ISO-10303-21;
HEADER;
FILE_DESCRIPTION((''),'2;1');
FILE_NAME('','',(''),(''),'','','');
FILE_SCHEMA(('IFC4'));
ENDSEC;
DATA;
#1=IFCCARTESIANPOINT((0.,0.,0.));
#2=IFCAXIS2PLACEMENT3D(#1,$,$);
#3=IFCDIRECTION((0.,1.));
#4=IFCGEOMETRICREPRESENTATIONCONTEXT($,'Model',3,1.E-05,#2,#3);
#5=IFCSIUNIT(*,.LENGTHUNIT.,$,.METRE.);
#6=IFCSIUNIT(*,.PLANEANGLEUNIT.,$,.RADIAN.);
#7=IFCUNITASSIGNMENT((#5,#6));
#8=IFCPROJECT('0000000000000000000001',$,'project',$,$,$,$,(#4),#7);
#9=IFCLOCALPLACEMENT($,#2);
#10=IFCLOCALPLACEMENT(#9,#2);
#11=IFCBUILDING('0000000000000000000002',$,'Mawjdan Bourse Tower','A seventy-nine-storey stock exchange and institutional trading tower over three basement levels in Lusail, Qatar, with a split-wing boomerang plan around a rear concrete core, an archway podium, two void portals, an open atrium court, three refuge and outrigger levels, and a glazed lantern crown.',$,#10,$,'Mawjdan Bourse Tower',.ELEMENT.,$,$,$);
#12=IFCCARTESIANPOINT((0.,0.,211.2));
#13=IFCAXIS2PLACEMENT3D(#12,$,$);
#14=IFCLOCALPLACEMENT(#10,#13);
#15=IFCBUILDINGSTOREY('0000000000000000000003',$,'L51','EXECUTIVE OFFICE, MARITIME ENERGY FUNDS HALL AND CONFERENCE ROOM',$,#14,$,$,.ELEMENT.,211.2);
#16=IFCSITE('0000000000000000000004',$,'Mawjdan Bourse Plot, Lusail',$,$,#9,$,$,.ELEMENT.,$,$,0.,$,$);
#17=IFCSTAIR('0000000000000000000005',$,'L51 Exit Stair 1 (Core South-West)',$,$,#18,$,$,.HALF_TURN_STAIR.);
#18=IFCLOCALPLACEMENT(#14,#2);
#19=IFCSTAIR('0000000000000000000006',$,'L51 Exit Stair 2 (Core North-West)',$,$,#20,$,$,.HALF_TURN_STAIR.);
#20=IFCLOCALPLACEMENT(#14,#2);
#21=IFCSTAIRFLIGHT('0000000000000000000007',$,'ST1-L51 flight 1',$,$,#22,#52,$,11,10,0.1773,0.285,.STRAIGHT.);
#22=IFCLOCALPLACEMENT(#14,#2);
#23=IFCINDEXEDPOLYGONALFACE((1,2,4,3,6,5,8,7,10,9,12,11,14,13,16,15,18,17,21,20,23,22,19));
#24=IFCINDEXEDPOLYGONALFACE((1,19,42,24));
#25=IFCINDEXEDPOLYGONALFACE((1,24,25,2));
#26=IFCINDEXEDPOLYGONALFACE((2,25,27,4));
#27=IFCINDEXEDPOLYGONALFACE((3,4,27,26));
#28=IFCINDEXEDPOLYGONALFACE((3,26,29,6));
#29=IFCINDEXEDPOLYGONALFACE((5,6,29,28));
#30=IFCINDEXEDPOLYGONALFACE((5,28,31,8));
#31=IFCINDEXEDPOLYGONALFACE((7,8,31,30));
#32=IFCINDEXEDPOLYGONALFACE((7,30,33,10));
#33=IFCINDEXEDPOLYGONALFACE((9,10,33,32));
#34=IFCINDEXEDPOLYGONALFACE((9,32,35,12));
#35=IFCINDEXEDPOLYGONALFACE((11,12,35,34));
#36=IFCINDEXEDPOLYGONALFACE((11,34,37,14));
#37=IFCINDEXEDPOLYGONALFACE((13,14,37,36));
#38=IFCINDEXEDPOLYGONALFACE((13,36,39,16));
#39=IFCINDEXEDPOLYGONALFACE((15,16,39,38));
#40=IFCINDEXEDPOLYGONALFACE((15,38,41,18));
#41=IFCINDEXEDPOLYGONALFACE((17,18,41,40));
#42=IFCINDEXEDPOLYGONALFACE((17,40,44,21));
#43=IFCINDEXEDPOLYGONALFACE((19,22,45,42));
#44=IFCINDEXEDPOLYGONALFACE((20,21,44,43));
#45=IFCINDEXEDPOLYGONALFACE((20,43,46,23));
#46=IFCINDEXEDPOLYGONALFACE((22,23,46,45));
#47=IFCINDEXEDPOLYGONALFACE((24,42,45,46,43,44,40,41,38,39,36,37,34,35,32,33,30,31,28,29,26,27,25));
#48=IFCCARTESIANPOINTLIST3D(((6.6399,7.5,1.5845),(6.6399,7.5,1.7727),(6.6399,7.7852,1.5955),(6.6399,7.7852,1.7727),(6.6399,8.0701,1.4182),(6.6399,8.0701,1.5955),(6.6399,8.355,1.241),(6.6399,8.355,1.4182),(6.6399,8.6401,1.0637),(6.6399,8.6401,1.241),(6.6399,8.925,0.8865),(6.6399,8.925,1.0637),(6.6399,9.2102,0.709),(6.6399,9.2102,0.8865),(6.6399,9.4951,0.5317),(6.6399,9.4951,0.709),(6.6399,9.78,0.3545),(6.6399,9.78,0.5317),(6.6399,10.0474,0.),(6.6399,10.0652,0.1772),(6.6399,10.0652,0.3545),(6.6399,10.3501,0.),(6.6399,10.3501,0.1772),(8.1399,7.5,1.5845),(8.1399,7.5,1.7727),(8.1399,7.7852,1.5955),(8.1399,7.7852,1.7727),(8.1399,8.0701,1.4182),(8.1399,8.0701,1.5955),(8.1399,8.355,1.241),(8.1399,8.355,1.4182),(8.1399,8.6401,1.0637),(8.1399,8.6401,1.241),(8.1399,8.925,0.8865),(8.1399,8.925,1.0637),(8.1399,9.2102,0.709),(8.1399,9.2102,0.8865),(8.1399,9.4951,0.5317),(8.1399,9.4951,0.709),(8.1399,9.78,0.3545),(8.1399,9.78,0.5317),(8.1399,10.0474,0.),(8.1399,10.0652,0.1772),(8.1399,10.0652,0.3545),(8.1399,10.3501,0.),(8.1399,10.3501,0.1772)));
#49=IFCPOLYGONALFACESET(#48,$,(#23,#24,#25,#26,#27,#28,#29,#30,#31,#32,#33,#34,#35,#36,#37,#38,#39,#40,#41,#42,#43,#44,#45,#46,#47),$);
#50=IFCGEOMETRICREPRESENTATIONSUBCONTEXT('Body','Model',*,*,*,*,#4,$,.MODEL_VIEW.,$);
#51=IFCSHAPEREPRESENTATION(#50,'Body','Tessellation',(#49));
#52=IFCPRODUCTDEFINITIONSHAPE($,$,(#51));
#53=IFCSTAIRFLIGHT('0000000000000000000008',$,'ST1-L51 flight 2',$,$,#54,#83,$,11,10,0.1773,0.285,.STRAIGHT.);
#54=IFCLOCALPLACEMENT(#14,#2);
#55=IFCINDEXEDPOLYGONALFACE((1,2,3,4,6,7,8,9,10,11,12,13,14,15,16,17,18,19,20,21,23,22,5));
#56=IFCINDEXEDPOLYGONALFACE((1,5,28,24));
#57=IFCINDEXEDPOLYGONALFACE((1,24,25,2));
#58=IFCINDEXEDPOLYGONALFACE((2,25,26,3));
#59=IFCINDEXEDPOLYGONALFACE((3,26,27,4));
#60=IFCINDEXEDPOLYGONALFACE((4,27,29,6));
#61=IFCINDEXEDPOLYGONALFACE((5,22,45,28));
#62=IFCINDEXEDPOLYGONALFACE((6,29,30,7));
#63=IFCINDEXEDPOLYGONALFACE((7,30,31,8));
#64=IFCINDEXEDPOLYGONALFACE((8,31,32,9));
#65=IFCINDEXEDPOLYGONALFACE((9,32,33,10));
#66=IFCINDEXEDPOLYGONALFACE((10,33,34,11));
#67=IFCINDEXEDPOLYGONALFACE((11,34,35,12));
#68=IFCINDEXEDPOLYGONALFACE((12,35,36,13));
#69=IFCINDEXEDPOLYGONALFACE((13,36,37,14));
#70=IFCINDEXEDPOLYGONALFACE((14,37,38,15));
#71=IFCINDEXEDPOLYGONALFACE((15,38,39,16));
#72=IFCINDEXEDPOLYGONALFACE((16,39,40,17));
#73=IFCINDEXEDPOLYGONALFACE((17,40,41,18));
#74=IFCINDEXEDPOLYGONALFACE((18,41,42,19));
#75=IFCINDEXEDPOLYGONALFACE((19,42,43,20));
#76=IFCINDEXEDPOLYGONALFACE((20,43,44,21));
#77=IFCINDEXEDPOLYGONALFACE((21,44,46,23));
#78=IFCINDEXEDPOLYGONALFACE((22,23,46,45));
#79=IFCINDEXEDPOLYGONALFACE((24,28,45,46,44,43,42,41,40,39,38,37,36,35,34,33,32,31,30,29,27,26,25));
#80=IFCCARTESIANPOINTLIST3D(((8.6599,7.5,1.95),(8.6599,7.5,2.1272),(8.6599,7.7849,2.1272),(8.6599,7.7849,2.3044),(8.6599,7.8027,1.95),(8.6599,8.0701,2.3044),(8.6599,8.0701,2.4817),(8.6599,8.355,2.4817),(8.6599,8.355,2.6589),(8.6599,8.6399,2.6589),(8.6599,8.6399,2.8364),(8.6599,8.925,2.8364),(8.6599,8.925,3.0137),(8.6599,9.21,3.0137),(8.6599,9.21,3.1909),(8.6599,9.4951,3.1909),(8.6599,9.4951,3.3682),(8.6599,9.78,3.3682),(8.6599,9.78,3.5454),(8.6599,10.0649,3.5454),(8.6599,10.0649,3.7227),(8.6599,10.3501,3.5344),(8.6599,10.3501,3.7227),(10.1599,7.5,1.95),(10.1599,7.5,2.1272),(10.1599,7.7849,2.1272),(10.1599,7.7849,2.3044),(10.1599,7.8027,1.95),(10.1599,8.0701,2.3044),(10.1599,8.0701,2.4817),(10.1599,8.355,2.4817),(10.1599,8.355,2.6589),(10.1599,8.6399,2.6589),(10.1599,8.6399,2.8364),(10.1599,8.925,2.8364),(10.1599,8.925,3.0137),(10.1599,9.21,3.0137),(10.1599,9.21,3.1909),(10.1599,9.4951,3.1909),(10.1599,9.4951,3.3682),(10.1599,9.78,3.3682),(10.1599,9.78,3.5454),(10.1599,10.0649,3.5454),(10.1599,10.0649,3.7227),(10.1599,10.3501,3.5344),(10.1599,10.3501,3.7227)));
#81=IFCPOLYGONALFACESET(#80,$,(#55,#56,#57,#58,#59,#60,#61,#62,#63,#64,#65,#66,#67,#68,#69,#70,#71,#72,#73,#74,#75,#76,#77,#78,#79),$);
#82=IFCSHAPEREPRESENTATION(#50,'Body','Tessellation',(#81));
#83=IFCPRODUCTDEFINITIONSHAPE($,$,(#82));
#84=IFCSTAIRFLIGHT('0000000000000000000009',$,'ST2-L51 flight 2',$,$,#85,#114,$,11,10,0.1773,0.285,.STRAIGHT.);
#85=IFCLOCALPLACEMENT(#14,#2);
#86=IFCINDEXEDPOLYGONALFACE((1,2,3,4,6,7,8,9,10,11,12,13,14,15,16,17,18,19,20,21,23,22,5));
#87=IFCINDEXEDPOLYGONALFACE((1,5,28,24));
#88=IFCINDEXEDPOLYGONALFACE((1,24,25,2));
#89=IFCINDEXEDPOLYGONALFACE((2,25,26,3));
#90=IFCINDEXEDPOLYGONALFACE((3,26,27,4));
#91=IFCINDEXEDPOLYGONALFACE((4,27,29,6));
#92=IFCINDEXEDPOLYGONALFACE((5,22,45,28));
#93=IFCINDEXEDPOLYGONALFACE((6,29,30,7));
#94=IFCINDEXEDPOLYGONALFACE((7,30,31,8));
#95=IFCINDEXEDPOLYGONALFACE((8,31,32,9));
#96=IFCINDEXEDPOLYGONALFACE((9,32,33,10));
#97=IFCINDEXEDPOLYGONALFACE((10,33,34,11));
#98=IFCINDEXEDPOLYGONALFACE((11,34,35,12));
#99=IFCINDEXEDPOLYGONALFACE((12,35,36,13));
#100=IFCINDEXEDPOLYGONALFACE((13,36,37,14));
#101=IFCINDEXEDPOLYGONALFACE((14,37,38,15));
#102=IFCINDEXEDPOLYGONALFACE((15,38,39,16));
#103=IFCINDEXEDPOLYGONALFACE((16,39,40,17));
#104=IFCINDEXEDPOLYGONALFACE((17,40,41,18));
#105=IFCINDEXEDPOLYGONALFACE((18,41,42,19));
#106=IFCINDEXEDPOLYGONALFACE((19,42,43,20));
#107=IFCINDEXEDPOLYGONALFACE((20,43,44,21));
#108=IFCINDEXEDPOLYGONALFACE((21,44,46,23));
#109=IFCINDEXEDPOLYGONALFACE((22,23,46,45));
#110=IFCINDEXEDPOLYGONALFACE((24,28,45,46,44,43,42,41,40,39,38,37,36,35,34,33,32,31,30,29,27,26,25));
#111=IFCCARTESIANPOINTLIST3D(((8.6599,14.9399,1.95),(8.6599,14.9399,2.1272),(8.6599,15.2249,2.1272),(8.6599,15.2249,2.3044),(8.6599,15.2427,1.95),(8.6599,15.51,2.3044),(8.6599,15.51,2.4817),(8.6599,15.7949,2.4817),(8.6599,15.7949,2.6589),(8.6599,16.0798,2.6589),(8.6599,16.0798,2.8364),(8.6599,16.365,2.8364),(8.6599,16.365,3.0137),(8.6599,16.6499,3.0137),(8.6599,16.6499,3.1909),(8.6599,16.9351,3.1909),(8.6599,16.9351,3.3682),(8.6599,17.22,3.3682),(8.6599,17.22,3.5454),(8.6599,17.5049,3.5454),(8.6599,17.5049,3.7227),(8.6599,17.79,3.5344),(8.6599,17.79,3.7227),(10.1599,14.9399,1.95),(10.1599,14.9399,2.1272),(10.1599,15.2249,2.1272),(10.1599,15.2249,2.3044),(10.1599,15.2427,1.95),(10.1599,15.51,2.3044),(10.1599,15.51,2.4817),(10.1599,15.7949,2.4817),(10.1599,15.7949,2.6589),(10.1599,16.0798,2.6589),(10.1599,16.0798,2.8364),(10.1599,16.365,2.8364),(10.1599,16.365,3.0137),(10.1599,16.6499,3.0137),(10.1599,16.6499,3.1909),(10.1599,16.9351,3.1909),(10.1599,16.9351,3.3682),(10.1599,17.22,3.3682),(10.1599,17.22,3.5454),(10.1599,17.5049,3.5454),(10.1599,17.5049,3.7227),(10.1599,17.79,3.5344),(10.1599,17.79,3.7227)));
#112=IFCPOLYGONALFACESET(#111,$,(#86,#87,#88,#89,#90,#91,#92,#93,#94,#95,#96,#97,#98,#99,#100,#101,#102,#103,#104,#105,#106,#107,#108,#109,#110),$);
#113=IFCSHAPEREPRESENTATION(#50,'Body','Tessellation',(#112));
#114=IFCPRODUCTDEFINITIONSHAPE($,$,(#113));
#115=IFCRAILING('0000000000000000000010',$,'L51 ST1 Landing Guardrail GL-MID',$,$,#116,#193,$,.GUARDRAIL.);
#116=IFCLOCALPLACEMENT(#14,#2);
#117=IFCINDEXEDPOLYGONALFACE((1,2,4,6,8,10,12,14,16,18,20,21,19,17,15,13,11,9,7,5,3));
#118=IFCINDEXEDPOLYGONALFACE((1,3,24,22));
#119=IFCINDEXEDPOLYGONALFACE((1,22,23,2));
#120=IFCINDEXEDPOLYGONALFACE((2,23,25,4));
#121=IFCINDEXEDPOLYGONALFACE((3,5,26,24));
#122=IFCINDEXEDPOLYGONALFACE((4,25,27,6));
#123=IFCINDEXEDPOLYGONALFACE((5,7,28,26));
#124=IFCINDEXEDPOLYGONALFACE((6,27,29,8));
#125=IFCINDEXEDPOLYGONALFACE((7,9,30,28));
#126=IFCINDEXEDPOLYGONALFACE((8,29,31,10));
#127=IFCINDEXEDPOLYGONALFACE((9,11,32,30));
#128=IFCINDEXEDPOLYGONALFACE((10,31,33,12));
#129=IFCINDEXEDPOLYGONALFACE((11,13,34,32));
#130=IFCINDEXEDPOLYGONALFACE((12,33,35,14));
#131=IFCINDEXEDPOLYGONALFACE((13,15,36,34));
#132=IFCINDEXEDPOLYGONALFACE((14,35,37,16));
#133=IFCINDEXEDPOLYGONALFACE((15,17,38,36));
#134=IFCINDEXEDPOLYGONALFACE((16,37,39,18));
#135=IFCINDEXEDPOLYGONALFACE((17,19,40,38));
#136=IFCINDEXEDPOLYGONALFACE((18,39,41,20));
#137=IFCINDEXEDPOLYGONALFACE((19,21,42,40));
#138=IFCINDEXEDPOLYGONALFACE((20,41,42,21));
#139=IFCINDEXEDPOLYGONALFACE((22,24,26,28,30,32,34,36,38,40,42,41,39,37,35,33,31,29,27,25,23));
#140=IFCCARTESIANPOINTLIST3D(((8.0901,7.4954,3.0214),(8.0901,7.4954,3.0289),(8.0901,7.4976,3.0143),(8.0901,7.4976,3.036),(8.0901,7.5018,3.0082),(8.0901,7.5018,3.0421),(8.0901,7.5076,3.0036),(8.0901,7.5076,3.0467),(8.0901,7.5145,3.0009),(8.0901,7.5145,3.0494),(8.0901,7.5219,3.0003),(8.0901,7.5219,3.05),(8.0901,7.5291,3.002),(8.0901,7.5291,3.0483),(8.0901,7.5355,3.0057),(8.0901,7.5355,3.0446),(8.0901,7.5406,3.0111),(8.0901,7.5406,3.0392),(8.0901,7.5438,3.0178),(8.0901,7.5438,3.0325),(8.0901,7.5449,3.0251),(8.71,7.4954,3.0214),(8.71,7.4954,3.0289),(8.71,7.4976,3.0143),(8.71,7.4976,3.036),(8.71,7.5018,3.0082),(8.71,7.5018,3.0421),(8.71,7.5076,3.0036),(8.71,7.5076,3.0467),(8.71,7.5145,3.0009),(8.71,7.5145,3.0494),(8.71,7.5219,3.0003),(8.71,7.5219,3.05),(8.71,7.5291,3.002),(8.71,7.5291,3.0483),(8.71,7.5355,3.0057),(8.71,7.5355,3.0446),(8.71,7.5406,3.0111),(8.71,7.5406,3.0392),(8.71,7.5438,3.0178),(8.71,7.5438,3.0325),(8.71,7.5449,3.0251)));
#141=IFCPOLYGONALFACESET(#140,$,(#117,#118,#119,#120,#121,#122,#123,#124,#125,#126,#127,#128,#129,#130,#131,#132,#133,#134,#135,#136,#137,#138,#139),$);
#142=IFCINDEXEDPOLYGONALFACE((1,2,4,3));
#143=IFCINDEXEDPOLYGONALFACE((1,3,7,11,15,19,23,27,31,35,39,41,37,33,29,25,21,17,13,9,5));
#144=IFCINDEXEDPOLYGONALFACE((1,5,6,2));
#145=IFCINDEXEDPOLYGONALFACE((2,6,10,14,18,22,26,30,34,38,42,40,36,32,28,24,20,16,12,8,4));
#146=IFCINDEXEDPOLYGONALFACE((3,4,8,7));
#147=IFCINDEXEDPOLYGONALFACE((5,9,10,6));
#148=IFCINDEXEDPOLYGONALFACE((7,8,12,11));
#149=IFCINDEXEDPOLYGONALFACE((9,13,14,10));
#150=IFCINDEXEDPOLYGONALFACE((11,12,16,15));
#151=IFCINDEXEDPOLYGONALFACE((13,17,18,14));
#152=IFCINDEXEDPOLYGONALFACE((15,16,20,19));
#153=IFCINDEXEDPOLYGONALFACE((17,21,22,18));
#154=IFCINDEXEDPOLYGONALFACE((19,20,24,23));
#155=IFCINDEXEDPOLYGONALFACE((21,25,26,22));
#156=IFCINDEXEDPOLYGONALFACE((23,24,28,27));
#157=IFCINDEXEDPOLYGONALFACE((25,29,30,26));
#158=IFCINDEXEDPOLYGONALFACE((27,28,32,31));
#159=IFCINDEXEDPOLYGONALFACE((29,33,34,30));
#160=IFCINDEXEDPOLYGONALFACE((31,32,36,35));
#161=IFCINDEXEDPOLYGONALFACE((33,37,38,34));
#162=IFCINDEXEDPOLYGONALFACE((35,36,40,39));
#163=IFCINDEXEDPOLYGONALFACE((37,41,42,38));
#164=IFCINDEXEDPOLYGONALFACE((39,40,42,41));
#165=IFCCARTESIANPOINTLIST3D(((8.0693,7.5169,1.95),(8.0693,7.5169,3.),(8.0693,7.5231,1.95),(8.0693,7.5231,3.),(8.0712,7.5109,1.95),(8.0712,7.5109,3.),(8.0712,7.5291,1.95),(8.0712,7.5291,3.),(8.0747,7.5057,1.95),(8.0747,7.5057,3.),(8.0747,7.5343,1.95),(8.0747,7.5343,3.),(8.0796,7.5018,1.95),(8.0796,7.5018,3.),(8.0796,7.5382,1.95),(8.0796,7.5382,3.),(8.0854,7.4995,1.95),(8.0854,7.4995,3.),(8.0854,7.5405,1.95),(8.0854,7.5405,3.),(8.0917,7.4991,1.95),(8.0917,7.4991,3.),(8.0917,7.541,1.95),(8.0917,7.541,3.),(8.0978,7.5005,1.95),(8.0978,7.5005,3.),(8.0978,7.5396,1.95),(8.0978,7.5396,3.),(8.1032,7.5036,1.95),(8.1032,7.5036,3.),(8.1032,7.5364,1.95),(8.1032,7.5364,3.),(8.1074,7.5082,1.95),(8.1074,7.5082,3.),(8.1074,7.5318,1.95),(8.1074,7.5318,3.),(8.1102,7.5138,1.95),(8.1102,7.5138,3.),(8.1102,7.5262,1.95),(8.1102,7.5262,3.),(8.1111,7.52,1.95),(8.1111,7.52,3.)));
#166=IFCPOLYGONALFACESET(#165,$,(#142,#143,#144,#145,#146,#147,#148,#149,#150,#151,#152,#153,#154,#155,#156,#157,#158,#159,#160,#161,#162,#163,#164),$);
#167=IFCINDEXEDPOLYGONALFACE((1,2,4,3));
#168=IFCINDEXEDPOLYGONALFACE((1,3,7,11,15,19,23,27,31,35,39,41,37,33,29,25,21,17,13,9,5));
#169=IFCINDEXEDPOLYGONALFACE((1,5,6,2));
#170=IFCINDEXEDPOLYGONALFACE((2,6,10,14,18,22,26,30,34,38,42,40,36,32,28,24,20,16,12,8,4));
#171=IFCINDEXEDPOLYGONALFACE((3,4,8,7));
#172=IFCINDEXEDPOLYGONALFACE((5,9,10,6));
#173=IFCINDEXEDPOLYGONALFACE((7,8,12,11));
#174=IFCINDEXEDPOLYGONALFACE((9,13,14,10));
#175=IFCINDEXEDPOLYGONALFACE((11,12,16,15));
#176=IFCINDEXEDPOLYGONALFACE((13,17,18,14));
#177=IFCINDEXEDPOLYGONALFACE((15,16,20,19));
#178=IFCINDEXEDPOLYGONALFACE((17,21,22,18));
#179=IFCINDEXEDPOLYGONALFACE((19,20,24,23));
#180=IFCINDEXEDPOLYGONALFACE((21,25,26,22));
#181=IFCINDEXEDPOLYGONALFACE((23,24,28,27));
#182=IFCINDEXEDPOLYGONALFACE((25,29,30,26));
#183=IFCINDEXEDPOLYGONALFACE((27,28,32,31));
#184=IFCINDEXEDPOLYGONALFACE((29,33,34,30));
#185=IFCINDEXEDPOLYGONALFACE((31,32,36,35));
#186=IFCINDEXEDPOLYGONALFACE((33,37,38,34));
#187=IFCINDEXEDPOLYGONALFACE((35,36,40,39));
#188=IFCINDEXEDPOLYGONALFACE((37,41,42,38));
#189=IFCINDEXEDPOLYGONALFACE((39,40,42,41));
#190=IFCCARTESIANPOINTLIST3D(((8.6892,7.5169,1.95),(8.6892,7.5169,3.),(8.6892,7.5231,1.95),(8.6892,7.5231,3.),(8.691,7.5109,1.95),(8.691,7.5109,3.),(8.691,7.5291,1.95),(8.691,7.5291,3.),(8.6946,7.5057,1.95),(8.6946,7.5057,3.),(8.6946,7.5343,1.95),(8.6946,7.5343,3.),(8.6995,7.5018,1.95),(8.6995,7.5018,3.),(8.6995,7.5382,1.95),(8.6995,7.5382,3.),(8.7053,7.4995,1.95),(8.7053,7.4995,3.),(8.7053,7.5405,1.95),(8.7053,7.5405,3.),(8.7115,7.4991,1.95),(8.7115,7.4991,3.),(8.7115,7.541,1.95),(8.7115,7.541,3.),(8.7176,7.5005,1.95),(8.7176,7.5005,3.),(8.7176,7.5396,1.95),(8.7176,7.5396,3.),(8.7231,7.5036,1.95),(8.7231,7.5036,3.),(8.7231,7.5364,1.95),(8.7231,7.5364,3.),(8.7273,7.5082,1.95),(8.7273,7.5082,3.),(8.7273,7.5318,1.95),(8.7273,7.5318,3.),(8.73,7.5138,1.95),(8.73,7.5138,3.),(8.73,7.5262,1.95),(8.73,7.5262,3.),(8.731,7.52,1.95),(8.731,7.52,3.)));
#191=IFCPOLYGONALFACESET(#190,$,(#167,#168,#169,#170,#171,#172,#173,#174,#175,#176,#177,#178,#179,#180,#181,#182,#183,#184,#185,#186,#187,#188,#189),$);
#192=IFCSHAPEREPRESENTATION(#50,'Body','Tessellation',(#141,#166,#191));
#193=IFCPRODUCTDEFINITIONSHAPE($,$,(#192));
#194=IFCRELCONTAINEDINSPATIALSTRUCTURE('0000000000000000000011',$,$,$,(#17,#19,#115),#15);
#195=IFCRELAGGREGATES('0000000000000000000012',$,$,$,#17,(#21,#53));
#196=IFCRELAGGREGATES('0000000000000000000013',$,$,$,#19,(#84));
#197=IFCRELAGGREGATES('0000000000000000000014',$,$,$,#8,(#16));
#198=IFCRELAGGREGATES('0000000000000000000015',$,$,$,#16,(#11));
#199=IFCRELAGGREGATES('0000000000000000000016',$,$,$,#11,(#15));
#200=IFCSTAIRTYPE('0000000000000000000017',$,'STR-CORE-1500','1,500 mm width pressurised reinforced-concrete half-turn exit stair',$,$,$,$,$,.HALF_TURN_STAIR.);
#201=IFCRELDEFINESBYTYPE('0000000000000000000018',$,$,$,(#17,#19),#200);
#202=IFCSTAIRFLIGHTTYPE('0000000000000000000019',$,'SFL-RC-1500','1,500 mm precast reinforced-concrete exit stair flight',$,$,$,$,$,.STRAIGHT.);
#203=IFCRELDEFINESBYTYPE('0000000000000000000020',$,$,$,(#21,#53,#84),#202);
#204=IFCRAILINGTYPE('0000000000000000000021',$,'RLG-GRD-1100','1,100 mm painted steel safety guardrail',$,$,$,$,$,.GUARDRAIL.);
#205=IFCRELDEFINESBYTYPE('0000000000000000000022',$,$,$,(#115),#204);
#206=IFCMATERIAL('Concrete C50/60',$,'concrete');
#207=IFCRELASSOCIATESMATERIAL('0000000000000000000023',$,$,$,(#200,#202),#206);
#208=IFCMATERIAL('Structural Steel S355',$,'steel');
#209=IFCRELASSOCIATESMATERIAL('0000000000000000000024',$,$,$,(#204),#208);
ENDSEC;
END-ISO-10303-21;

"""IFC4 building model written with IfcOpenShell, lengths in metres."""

from ifc_helpers import new_model, si_unit, direction, frame, origin, origin_2d, place, context, subcontext, project, spatial, polyline, circle, outline, extrude, material, type_object, element, aggregate, save


model = new_model("IFC4")

# Units and contexts
model_context = context("Model", 3, precision=1e-05, world=origin(), true_north=direction((0.0, 1.0)))
body_context = subcontext(model_context, "Body", "Model", "MODEL_VIEW")
ifc_project = project(units=[si_unit("LENGTHUNIT", "METRE"), si_unit("PLANEANGLEUNIT", "RADIAN")], contexts=[model_context])

# Site, building, storey
site_placement = place(None, origin())
site = spatial("IfcSite", under=ifc_project, at=site_placement, Name="Mawjdan Bourse Plot, Lusail", CompositionType="ELEMENT", RefElevation=0.0)
building_placement = place(site_placement, origin())
building = spatial("IfcBuilding", under=site, at=building_placement, Name="Mawjdan Bourse Tower", Description="A seventy-nine-storey stock exchange and institutional trading tower over three basement levels in Lusail, Qatar, with a split-wing boomerang plan around a rear concrete core, an archway podium, two void portals, an open atrium court, three refuge and outrigger levels, and a glazed lantern crown.", LongName="Mawjdan Bourse Tower", CompositionType="ELEMENT")
storey_placement = place(building_placement, frame((0.0, 0.0, 211.2)))
storey = spatial("IfcBuildingStorey", under=building, at=storey_placement, Name="L51", Description="EXECUTIVE OFFICE, MARITIME ENERGY FUNDS HALL AND CONFERENCE ROOM", CompositionType="ELEMENT", Elevation=211.2)

# Stairs
ifc_material_1 = material(Name="Concrete C50/60", Category="concrete")
stair_type = type_object("IfcStairType", Name="STR-CORE-1500", Description="1,500 mm width pressurised reinforced-concrete half-turn exit stair", PredefinedType="HALF_TURN_STAIR", material=ifc_material_1)
stair_1_placement = place(storey_placement, origin())
stair_1 = element("IfcStair", 1, at=stair_1_placement, inside=storey, type_object=stair_type, Name="L51 Exit Stair 1 (Core South-West)", PredefinedType="HALF_TURN_STAIR")
stair_2_placement = place(storey_placement, origin())
stair_2 = element("IfcStair", 2, at=stair_2_placement, inside=storey, type_object=stair_type, Name="L51 Exit Stair 2 (Core North-West)", PredefinedType="HALF_TURN_STAIR")

# Stair flights
stair_flight_type = type_object("IfcStairFlightType", Name="SFL-RC-1500", Description="1,500 mm precast reinforced-concrete exit stair flight", PredefinedType="STRAIGHT", material=ifc_material_1)
stair_flight_1_placement = place(storey_placement, frame((7.3899, 10.3501, 0.0), z_axis=(0.0, 0.0, 1.0), x_axis=(0.0, -1.0, 0.0)))
stair_flight_1 = element("IfcStairFlight", 3, at=stair_flight_1_placement, type_object=stair_flight_type, Name="ST1-L51 flight 1", NumberOfRisers=11, NumberOfTreads=10, PredefinedType="STRAIGHT", RiserHeight=0.1773, TreadLength=0.285, context=body_context, shape_type="SweptSolid", body=[
    extrude(outline(polyline([(0.0, 0.0), (0.0, 0.1772), (0.2849, 0.1772), (0.2849, 0.3545), (0.5701, 0.3545), (0.5701, 0.5317), (0.855, 0.5317), (0.855, 0.709), (1.1399, 0.709), (1.1399, 0.8865), (1.425, 0.8865), (1.425, 1.0637), (1.71, 1.0637), (1.71, 1.241), (1.9951, 1.241), (1.9951, 1.4182), (2.28, 1.4182), (2.28, 1.5955), (2.5649, 1.5955), (2.5649, 1.7727), (2.8501, 1.7727), (2.8501, 1.95), (2.8501, 1.5845), (0.3027, 0.0), (0.0, 0.0)])), frame((0.0, 0.75, 0.0), z_axis=(0.0, -1.0, 0.0), x_axis=(1.0, 0.0, 0.0)), (0.0, 0.0, 1.0), 1.5),
])
stair_flight_2_placement = place(storey_placement, frame((9.4099, 7.5, 1.95), z_axis=(0.0, 0.0, 1.0), x_axis=(0.0, 1.0, 0.0)))
stair_flight_2 = element("IfcStairFlight", 4, at=stair_flight_2_placement, type_object=stair_flight_type, Name="ST1-L51 flight 2", NumberOfRisers=11, NumberOfTreads=10, PredefinedType="STRAIGHT", RiserHeight=0.1773, TreadLength=0.285, context=body_context, shape_type="SweptSolid", body=[
    extrude(outline(polyline([(0.0, 0.0), (0.0, 0.1772), (0.2849, 0.1772), (0.2849, 0.3545), (0.5701, 0.3545), (0.5701, 0.5317), (0.855, 0.5317), (0.855, 0.709), (1.1399, 0.709), (1.1399, 0.8865), (1.425, 0.8865), (1.425, 1.0637), (1.71, 1.0637), (1.71, 1.241), (1.9951, 1.241), (1.9951, 1.4182), (2.28, 1.4182), (2.28, 1.5955), (2.5649, 1.5955), (2.5649, 1.7727), (2.8501, 1.7727), (2.8501, 1.95), (2.8501, 1.5845), (0.3027, 0.0), (0.0, 0.0)])), frame((0.0, 0.75, 0.0), z_axis=(0.0, -1.0, 0.0), x_axis=(1.0, 0.0, 0.0)), (0.0, 0.0, 1.0), 1.5),
])
aggregate(stair_1, [stair_flight_1, stair_flight_2])
stair_flight_3_placement = place(storey_placement, frame((9.4099, 14.9399, 1.95), z_axis=(0.0, 0.0, 1.0), x_axis=(0.0, 1.0, 0.0)))
stair_flight_3 = element("IfcStairFlight", 5, at=stair_flight_3_placement, type_object=stair_flight_type, Name="ST2-L51 flight 2", NumberOfRisers=11, NumberOfTreads=10, PredefinedType="STRAIGHT", RiserHeight=0.1773, TreadLength=0.285, context=body_context, shape_type="SweptSolid", body=[
    extrude(outline(polyline([(0.0, 0.0), (0.0, 0.1772), (0.2849, 0.1772), (0.2849, 0.3545), (0.5701, 0.3545), (0.5701, 0.5317), (0.855, 0.5317), (0.855, 0.709), (1.1399, 0.709), (1.1399, 0.8865), (1.425, 0.8865), (1.425, 1.0637), (1.71, 1.0637), (1.71, 1.241), (1.9951, 1.241), (1.9951, 1.4182), (2.28, 1.4182), (2.28, 1.5955), (2.5649, 1.5955), (2.5649, 1.7727), (2.8501, 1.7727), (2.8501, 1.95), (2.8501, 1.5845), (0.3027, 0.0), (0.0, 0.0)])), frame((0.0, 0.75, 0.0), z_axis=(0.0, -1.0, 0.0), x_axis=(1.0, 0.0, 0.0)), (0.0, 0.0, 1.0), 1.5),
])
aggregate(stair_2, [stair_flight_3])

# Railing
ifc_material_2 = material(Name="Structural Steel S355", Category="steel")
railing_type_1 = type_object("IfcRailingType", Name="RLG-GRD-1100", Description="1,100 mm painted steel safety guardrail", PredefinedType="GUARDRAIL", material=ifc_material_2)
for number, where, name in (
    (6, (8.0901, 7.52, 1.95), "L51 ST1 Landing Guardrail GL-MID"),
):
    element("IfcRailing", number, at=place(storey_placement, frame(where)), inside=storey, type_object=railing_type_1, Name=name, PredefinedType="GUARDRAIL", context=body_context, shape_type="SweptSolid", body=[
        extrude(circle(Radius=0.0249, at=origin_2d()), frame((0.0, 0.0, 1.0752), z_axis=(1.0, 0.0, 0.0), x_axis=(0.0, 1.0, 0.0)), (0.0, 0.0, 1.0), 0.6199),
        extrude(circle(Radius=0.021, at=origin_2d()), origin(), (0.0, 0.0, 1.0), 1.05),
        extrude(circle(Radius=0.021, at=origin_2d()), frame((0.6199, 0.0, 0.0)), (0.0, 0.0, 1.0), 1.05),
    ])

save(model, "model.ifc")
